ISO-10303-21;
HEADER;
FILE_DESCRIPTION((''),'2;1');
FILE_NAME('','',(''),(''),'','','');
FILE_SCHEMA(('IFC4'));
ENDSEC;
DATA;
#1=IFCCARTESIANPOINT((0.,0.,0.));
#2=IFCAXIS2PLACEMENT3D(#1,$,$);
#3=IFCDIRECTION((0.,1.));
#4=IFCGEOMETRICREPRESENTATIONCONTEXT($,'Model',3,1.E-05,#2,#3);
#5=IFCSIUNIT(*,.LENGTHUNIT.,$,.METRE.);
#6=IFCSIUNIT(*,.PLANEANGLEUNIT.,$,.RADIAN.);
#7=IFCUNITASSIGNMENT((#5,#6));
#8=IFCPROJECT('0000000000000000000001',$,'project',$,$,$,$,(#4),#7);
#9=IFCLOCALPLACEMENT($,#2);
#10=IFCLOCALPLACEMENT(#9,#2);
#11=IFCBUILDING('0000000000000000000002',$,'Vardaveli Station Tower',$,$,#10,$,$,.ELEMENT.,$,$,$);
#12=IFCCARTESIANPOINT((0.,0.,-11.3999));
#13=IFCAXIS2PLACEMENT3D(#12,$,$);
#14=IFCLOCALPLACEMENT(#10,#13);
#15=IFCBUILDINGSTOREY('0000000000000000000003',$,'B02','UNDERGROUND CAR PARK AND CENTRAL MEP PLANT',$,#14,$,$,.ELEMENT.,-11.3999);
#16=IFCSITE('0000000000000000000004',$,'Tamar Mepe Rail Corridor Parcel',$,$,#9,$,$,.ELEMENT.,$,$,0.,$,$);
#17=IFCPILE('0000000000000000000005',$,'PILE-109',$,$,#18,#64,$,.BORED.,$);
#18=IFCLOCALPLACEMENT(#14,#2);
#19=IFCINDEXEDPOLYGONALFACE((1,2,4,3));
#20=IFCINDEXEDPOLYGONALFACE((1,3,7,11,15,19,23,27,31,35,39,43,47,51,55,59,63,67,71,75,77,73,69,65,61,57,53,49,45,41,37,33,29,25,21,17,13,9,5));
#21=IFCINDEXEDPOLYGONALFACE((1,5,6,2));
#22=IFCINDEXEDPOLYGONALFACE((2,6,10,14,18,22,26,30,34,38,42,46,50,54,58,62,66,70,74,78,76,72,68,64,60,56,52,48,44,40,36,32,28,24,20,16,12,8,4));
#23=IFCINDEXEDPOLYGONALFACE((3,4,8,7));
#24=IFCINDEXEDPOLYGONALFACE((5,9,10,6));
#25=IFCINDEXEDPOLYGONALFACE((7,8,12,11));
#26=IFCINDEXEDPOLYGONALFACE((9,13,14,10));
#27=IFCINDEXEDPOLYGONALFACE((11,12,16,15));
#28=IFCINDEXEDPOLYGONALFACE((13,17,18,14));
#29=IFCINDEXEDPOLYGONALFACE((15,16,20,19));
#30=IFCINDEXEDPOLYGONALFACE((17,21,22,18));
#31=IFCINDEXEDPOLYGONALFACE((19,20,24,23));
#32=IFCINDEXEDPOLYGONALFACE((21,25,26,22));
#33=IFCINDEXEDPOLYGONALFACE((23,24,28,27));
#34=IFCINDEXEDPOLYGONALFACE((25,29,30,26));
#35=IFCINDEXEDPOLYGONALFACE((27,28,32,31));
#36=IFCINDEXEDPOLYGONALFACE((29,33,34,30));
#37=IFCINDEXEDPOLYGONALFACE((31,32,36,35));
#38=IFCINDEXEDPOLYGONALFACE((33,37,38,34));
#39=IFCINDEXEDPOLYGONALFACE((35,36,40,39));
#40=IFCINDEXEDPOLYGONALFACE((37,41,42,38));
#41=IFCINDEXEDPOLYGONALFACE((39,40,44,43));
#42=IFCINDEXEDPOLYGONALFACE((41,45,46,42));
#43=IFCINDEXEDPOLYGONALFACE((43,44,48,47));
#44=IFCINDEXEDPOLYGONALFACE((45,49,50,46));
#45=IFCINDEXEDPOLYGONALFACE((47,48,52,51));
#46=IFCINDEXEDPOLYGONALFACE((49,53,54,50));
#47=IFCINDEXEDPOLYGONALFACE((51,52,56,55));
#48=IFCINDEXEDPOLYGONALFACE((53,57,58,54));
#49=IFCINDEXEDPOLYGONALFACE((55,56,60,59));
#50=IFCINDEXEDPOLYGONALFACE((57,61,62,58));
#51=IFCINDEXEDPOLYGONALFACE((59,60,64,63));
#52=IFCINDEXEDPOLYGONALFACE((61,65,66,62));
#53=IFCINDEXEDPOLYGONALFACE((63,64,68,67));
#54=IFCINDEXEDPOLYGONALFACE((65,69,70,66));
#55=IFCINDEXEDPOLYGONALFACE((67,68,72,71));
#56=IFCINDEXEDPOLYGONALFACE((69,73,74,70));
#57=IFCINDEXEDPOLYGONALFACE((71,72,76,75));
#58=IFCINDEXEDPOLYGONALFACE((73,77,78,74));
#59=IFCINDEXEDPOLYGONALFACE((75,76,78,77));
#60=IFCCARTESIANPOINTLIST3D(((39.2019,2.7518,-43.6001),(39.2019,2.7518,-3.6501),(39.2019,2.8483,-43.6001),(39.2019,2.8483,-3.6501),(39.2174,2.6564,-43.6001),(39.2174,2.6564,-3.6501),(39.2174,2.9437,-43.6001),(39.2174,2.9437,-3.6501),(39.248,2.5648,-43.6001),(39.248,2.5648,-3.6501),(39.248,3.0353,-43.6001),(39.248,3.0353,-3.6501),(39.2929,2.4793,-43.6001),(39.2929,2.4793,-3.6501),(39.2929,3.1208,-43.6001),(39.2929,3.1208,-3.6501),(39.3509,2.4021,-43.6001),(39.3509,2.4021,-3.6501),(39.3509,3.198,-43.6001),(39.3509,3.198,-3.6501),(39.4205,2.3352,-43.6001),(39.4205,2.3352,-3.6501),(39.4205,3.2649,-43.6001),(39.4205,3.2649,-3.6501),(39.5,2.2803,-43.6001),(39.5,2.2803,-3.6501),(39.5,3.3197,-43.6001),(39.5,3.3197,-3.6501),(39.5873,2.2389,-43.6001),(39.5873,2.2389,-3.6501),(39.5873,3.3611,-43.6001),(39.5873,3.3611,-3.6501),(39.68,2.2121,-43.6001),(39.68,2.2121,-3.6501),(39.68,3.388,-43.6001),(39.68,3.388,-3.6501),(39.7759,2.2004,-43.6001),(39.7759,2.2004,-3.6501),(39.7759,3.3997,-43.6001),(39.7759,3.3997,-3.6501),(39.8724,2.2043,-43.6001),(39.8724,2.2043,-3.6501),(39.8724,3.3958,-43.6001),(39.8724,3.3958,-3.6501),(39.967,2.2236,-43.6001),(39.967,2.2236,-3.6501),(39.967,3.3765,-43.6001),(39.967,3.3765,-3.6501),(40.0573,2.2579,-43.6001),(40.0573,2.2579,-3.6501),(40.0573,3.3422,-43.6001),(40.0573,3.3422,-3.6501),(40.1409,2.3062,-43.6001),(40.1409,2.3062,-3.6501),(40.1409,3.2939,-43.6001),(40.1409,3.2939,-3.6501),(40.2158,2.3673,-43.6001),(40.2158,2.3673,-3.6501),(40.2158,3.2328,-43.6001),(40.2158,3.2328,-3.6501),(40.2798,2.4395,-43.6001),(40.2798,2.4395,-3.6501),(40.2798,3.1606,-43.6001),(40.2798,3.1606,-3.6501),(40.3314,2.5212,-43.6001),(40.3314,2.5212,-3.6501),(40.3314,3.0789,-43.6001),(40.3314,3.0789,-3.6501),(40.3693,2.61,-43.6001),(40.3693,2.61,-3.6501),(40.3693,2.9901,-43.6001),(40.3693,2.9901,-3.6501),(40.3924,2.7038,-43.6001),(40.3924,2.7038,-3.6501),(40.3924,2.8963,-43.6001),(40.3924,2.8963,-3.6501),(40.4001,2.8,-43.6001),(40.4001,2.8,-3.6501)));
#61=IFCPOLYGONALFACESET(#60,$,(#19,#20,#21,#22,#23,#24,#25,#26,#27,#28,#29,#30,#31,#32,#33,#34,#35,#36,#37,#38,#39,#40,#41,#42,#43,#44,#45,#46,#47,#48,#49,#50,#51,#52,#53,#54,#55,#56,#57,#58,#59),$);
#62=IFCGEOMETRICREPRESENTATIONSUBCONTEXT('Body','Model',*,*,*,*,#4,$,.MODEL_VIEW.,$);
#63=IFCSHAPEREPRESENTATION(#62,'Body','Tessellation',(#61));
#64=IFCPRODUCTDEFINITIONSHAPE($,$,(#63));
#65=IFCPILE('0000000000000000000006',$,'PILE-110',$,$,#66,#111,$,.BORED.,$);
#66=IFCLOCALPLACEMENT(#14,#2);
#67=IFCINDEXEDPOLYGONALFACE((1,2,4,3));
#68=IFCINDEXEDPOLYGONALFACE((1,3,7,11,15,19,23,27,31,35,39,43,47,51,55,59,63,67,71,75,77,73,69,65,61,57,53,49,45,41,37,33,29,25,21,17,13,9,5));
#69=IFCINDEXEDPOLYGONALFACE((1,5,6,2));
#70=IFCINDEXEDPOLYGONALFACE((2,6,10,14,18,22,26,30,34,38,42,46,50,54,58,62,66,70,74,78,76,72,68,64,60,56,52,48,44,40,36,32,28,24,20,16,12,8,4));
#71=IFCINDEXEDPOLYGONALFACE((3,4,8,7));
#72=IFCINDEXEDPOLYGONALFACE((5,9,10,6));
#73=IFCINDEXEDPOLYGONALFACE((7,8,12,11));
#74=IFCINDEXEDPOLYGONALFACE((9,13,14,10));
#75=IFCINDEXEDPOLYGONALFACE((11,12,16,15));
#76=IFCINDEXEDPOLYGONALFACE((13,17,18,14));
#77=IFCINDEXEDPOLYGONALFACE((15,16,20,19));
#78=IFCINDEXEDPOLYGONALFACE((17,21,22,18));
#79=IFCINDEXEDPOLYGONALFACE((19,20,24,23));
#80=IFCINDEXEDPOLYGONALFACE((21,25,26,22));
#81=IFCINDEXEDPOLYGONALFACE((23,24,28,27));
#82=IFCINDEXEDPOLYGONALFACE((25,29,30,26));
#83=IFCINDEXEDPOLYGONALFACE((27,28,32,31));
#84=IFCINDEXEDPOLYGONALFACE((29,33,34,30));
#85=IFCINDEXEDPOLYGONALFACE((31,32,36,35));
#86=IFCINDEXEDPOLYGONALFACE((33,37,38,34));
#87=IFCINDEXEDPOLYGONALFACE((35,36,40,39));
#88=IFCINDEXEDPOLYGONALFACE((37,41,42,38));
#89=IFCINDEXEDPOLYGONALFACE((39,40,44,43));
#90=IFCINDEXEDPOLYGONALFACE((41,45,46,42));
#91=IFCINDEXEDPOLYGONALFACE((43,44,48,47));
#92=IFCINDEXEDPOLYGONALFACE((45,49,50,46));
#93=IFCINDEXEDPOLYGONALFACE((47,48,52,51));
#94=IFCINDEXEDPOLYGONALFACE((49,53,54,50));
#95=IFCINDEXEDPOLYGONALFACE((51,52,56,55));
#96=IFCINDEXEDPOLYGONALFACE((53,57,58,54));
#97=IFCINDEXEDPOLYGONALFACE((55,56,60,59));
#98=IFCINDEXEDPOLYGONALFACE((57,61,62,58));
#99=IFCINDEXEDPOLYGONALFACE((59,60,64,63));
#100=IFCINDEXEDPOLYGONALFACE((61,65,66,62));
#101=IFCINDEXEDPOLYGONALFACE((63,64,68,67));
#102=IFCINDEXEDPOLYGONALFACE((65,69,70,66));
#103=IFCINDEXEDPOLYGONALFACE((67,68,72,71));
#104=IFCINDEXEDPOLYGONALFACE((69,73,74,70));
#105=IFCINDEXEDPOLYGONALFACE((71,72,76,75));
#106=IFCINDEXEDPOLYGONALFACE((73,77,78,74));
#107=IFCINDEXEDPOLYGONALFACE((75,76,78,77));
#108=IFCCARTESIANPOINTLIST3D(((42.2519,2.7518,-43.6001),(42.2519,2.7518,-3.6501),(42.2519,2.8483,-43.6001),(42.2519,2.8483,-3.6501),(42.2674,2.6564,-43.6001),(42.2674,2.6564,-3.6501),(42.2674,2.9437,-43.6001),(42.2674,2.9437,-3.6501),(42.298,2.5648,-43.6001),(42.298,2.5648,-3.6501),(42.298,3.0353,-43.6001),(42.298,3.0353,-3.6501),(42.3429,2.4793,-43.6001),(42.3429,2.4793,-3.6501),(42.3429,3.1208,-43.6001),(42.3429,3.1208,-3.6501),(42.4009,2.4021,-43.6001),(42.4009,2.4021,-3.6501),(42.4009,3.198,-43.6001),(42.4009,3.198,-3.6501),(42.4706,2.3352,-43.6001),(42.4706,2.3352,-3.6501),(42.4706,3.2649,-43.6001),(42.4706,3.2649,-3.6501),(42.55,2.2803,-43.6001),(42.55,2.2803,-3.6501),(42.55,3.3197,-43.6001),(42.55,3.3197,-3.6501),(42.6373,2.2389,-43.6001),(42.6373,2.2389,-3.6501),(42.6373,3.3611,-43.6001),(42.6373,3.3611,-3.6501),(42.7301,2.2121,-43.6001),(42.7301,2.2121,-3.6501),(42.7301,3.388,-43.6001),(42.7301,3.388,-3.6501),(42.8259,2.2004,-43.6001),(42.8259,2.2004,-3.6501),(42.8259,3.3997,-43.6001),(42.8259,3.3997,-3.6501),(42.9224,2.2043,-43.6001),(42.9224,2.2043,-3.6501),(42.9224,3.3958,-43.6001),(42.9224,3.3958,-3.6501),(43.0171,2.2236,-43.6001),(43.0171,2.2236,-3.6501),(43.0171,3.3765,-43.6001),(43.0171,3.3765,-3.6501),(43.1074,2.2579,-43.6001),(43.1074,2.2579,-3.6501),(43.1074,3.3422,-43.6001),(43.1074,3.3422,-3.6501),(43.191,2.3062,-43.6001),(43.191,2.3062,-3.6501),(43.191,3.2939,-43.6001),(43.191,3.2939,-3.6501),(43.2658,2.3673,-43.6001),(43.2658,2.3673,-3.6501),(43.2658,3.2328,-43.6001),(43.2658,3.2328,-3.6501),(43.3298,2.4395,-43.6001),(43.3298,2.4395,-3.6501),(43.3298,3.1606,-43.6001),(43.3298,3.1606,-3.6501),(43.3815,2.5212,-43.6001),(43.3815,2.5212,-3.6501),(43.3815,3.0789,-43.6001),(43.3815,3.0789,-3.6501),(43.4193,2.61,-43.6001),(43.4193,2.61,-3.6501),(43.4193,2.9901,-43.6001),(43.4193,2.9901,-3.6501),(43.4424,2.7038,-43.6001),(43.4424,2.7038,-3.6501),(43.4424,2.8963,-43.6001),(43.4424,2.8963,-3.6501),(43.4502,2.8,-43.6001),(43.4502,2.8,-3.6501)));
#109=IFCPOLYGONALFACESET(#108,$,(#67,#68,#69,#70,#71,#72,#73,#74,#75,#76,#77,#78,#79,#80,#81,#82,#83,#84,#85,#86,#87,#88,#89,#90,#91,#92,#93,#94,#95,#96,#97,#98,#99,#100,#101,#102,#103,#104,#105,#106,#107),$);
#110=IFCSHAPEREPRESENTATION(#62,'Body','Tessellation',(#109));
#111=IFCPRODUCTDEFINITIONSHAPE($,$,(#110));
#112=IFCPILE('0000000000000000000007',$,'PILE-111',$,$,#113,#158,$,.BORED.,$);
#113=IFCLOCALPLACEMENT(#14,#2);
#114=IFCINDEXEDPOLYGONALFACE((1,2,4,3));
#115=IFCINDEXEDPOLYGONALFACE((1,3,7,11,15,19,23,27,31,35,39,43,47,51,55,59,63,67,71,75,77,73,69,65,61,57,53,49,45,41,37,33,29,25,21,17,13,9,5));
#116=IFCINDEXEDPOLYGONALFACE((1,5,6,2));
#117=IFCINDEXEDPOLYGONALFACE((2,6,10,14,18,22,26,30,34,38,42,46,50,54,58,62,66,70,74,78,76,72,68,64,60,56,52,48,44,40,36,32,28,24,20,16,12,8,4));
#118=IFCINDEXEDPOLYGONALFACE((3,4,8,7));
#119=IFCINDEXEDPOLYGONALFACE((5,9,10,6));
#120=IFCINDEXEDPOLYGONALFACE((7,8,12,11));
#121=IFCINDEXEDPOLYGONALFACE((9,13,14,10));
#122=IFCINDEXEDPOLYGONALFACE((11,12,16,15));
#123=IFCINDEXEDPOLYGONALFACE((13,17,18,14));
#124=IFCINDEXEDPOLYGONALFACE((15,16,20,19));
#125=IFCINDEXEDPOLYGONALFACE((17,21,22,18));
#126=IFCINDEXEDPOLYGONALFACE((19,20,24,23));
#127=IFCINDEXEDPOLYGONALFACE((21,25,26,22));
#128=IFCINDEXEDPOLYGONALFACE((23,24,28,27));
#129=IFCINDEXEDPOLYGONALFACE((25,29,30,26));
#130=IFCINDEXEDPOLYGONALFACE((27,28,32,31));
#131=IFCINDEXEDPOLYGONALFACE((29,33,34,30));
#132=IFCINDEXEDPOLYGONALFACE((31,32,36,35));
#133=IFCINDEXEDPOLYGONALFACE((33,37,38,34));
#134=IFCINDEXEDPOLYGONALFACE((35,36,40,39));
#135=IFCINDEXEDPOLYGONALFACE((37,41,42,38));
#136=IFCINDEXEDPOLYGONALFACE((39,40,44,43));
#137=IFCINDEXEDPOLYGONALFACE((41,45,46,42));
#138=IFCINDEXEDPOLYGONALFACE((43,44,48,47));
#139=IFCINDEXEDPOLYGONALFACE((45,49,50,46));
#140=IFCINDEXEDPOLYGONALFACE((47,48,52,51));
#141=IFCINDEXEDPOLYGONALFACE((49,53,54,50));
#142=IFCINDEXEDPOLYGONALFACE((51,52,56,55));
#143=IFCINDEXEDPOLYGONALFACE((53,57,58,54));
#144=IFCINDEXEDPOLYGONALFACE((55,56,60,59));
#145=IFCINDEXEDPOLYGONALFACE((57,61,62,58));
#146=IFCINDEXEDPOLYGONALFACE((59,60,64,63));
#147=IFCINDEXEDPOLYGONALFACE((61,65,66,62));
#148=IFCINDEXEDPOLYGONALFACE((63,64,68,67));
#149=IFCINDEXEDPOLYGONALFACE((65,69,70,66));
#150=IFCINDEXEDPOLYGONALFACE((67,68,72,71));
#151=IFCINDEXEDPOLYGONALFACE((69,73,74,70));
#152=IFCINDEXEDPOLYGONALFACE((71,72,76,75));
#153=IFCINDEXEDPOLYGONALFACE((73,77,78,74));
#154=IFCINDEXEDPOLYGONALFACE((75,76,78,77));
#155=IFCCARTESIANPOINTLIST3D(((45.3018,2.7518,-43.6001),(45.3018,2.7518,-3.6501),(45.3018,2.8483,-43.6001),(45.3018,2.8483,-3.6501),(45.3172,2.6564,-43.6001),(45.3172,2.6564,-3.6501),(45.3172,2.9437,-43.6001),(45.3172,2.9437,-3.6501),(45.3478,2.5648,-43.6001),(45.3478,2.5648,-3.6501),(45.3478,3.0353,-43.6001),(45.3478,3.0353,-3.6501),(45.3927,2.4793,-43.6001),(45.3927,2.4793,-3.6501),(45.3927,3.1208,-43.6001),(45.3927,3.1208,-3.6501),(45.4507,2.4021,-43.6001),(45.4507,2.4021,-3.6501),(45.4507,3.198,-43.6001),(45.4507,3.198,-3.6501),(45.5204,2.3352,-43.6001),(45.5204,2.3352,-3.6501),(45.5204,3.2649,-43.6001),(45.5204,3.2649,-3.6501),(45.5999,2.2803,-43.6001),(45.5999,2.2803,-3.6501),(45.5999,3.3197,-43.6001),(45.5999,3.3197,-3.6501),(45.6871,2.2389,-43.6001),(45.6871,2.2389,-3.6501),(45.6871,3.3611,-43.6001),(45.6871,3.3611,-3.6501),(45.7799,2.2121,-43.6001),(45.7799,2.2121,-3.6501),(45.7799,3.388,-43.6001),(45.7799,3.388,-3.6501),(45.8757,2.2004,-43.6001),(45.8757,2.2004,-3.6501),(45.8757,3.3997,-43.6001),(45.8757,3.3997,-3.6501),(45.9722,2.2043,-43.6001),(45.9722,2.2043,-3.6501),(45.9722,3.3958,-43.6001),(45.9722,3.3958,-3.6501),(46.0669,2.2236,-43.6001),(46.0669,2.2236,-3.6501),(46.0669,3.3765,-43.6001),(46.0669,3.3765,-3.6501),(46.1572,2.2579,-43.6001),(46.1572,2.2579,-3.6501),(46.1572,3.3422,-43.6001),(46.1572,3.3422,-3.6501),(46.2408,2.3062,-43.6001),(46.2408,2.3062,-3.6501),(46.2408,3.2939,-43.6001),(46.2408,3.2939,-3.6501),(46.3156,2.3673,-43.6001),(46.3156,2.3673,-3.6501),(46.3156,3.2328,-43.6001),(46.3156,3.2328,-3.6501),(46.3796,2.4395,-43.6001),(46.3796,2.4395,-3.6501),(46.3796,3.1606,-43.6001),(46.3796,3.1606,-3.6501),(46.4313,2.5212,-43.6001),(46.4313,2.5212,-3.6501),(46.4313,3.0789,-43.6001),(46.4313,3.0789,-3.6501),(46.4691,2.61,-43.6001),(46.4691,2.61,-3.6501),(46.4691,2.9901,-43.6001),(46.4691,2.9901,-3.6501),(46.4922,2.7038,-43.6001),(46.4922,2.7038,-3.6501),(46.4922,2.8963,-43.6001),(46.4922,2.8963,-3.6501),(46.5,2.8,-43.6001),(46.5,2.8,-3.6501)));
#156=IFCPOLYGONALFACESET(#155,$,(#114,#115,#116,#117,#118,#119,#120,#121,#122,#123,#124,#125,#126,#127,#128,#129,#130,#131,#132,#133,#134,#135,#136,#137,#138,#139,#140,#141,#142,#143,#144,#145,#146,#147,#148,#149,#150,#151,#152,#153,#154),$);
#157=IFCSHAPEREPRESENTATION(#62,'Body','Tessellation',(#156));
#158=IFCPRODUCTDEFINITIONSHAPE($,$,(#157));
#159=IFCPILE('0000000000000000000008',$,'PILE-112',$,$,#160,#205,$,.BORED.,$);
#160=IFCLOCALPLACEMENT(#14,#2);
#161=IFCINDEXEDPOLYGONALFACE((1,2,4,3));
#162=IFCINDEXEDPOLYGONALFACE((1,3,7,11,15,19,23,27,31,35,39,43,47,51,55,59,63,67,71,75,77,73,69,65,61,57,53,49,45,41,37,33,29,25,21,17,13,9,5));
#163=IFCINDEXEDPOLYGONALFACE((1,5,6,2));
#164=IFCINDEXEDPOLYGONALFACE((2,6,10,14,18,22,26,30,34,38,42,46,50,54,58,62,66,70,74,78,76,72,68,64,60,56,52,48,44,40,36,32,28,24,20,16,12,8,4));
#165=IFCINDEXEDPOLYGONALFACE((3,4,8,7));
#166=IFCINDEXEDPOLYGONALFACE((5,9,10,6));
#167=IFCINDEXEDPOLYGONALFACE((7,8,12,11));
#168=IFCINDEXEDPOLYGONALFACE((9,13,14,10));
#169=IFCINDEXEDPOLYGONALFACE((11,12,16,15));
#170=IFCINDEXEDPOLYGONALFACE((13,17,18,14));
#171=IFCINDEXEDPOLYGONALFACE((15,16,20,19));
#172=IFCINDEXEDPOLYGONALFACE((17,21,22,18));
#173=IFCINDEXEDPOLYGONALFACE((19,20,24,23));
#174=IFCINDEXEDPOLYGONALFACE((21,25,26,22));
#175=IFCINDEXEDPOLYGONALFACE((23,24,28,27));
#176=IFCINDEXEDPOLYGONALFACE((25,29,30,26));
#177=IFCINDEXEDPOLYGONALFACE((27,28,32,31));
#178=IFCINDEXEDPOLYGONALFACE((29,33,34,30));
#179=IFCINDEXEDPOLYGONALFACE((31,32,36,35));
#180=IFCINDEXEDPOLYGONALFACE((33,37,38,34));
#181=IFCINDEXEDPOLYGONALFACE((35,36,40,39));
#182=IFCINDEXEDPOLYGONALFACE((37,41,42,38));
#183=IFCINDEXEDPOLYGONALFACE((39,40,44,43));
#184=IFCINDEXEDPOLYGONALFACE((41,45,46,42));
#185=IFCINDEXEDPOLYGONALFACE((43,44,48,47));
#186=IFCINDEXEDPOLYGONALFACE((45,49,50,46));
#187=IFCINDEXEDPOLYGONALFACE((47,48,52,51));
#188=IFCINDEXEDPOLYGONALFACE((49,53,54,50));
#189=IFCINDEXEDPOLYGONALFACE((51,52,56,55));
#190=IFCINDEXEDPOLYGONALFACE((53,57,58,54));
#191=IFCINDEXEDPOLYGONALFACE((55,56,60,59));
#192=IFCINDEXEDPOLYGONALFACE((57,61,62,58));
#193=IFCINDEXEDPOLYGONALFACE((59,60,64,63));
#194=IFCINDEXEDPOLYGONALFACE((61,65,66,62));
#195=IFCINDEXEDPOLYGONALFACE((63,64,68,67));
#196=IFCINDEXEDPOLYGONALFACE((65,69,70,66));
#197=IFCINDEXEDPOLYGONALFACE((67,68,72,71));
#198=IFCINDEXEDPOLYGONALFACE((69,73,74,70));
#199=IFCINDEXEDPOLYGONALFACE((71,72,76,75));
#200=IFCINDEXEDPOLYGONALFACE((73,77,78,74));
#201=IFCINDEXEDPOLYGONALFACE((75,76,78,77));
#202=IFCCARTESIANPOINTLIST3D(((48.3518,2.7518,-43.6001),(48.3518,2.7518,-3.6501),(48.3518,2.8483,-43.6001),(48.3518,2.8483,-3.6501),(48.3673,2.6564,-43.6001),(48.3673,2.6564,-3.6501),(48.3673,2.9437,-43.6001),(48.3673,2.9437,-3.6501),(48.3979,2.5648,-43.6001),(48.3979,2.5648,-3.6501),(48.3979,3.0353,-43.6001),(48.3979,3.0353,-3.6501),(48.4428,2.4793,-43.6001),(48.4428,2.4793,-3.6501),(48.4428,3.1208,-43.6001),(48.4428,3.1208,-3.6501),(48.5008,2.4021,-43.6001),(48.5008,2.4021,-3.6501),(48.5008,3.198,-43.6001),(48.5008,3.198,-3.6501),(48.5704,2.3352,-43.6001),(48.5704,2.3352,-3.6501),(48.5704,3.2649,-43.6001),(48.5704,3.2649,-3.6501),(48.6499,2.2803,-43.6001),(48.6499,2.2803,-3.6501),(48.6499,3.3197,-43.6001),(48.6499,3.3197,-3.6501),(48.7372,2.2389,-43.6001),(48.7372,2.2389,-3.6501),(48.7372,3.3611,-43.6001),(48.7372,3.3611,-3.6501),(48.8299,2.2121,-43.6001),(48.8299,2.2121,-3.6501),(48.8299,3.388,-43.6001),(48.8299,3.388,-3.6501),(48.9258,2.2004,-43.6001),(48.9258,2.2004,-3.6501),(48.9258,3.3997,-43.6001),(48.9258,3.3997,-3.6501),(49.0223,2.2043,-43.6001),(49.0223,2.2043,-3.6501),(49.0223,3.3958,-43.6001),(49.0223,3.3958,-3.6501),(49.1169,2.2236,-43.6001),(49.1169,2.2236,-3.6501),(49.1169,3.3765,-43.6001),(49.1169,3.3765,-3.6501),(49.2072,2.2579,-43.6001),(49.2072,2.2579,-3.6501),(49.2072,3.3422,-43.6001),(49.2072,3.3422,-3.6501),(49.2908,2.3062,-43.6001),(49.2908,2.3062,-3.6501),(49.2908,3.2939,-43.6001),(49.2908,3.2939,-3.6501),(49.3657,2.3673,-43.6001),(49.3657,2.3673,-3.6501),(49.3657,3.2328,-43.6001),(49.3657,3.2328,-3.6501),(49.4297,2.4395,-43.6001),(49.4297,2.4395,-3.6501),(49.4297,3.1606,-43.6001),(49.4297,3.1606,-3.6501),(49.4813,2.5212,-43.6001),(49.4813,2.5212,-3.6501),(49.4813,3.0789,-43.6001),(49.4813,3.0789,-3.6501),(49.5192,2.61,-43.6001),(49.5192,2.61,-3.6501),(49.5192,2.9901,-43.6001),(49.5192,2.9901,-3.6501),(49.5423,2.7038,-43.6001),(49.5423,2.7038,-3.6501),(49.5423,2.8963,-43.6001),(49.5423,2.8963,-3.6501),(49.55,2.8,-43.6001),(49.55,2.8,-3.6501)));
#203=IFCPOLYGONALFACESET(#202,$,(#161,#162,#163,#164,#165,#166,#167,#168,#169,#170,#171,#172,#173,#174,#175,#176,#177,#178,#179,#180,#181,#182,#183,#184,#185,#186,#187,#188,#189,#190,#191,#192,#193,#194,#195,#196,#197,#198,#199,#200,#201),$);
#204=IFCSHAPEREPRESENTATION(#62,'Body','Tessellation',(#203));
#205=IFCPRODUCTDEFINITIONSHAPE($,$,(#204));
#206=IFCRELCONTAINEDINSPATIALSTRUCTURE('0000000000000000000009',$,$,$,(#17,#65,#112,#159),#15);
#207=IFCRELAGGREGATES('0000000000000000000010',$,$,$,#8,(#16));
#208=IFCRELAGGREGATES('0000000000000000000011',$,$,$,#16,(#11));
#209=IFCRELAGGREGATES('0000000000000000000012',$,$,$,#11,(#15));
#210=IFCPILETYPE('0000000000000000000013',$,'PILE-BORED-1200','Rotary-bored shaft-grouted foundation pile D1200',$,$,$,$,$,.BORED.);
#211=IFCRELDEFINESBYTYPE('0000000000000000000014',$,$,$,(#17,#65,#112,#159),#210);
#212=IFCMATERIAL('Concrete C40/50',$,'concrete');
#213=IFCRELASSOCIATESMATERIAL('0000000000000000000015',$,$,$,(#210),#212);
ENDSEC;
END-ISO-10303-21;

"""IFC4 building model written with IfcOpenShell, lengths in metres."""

from ifc_helpers import new_model, si_unit, direction, frame, origin, origin_2d, place, context, subcontext, project, spatial, circle, extrude, source, transform, mapped, material, material_profile, profile_set, type_object, element, save


model = new_model("IFC4")

# Units and contexts
model_context = context("Model", 3, precision=1e-05, world=origin(), true_north=direction((0.0, 1.0)))
body_context = subcontext(model_context, "Body", "Model", "MODEL_VIEW")
ifc_project = project(units=[si_unit("LENGTHUNIT", "METRE"), si_unit("PLANEANGLEUNIT", "RADIAN")], contexts=[model_context])

# Site, building, storey
site_placement = place(None, origin())
site = spatial("IfcSite", under=ifc_project, at=site_placement, Name="Tamar Mepe Rail Corridor Parcel", CompositionType="ELEMENT", RefElevation=0.0)
building_placement = place(site_placement, origin())
building = spatial("IfcBuilding", under=site, at=building_placement, Name="Vardaveli Station Tower", CompositionType="ELEMENT")
storey_placement = place(building_placement, frame((0.0, 0.0, -11.3999)))
storey = spatial("IfcBuildingStorey", under=building, at=storey_placement, Name="B02", Description="UNDERGROUND CAR PARK AND CENTRAL MEP PLANT", CompositionType="ELEMENT", Elevation=-11.3999)

# Piles
ifc_material_1 = material(Name="Concrete C40/50", Category="concrete")
ifc_material_profile_1 = material_profile(ifc_material_1, circle(Radius=0.6001, at=origin_2d()), Name="PILE D1200")
ifc_profile_set_1 = profile_set([ifc_material_profile_1], Name="Concrete C40/50")
pile_type_1 = type_object("IfcPileType", Name="PILE-BORED-1200", Description="Rotary-bored shaft-grouted foundation pile D1200", PredefinedType="BORED", material=ifc_profile_set_1)
shared_shape_1 = source(origin(), body_context, "Body", "SweptSolid", [
    extrude(circle(Radius=0.6001, at=origin_2d()), origin(), (0.0, 0.0, 1.0), 39.95),
])
for number, where, z_axis, x_axis, name in (
    (1, (39.8, 2.8, -3.6501), (0.0, 0.0, -1.0), (1.0, 0.0, 0.0), "PILE-109"),
    (2, (42.8501, 2.8, -3.6501), (0.0, 0.0, -1.0), (1.0, 0.0, 0.0), "PILE-110"),
    (3, (45.8999, 2.8, -3.6501), (0.0, 0.0, -1.0), (1.0, 0.0, 0.0), "PILE-111"),
    (4, (48.95, 2.8, -3.6501), (0.0, 0.0, -1.0), (1.0, 0.0, 0.0), "PILE-112"),
):
    element("IfcPile", number, at=place(storey_placement, frame(where, z_axis=z_axis, x_axis=x_axis)), inside=storey, type_object=pile_type_1, Name=name, PredefinedType="BORED", context=body_context, shape_type="MappedRepresentation", body=[
        mapped(shared_shape_1, transform((0.0, 0.0, 0.0), scale=1.0)),
    ])

save(model, "model.ifc")
